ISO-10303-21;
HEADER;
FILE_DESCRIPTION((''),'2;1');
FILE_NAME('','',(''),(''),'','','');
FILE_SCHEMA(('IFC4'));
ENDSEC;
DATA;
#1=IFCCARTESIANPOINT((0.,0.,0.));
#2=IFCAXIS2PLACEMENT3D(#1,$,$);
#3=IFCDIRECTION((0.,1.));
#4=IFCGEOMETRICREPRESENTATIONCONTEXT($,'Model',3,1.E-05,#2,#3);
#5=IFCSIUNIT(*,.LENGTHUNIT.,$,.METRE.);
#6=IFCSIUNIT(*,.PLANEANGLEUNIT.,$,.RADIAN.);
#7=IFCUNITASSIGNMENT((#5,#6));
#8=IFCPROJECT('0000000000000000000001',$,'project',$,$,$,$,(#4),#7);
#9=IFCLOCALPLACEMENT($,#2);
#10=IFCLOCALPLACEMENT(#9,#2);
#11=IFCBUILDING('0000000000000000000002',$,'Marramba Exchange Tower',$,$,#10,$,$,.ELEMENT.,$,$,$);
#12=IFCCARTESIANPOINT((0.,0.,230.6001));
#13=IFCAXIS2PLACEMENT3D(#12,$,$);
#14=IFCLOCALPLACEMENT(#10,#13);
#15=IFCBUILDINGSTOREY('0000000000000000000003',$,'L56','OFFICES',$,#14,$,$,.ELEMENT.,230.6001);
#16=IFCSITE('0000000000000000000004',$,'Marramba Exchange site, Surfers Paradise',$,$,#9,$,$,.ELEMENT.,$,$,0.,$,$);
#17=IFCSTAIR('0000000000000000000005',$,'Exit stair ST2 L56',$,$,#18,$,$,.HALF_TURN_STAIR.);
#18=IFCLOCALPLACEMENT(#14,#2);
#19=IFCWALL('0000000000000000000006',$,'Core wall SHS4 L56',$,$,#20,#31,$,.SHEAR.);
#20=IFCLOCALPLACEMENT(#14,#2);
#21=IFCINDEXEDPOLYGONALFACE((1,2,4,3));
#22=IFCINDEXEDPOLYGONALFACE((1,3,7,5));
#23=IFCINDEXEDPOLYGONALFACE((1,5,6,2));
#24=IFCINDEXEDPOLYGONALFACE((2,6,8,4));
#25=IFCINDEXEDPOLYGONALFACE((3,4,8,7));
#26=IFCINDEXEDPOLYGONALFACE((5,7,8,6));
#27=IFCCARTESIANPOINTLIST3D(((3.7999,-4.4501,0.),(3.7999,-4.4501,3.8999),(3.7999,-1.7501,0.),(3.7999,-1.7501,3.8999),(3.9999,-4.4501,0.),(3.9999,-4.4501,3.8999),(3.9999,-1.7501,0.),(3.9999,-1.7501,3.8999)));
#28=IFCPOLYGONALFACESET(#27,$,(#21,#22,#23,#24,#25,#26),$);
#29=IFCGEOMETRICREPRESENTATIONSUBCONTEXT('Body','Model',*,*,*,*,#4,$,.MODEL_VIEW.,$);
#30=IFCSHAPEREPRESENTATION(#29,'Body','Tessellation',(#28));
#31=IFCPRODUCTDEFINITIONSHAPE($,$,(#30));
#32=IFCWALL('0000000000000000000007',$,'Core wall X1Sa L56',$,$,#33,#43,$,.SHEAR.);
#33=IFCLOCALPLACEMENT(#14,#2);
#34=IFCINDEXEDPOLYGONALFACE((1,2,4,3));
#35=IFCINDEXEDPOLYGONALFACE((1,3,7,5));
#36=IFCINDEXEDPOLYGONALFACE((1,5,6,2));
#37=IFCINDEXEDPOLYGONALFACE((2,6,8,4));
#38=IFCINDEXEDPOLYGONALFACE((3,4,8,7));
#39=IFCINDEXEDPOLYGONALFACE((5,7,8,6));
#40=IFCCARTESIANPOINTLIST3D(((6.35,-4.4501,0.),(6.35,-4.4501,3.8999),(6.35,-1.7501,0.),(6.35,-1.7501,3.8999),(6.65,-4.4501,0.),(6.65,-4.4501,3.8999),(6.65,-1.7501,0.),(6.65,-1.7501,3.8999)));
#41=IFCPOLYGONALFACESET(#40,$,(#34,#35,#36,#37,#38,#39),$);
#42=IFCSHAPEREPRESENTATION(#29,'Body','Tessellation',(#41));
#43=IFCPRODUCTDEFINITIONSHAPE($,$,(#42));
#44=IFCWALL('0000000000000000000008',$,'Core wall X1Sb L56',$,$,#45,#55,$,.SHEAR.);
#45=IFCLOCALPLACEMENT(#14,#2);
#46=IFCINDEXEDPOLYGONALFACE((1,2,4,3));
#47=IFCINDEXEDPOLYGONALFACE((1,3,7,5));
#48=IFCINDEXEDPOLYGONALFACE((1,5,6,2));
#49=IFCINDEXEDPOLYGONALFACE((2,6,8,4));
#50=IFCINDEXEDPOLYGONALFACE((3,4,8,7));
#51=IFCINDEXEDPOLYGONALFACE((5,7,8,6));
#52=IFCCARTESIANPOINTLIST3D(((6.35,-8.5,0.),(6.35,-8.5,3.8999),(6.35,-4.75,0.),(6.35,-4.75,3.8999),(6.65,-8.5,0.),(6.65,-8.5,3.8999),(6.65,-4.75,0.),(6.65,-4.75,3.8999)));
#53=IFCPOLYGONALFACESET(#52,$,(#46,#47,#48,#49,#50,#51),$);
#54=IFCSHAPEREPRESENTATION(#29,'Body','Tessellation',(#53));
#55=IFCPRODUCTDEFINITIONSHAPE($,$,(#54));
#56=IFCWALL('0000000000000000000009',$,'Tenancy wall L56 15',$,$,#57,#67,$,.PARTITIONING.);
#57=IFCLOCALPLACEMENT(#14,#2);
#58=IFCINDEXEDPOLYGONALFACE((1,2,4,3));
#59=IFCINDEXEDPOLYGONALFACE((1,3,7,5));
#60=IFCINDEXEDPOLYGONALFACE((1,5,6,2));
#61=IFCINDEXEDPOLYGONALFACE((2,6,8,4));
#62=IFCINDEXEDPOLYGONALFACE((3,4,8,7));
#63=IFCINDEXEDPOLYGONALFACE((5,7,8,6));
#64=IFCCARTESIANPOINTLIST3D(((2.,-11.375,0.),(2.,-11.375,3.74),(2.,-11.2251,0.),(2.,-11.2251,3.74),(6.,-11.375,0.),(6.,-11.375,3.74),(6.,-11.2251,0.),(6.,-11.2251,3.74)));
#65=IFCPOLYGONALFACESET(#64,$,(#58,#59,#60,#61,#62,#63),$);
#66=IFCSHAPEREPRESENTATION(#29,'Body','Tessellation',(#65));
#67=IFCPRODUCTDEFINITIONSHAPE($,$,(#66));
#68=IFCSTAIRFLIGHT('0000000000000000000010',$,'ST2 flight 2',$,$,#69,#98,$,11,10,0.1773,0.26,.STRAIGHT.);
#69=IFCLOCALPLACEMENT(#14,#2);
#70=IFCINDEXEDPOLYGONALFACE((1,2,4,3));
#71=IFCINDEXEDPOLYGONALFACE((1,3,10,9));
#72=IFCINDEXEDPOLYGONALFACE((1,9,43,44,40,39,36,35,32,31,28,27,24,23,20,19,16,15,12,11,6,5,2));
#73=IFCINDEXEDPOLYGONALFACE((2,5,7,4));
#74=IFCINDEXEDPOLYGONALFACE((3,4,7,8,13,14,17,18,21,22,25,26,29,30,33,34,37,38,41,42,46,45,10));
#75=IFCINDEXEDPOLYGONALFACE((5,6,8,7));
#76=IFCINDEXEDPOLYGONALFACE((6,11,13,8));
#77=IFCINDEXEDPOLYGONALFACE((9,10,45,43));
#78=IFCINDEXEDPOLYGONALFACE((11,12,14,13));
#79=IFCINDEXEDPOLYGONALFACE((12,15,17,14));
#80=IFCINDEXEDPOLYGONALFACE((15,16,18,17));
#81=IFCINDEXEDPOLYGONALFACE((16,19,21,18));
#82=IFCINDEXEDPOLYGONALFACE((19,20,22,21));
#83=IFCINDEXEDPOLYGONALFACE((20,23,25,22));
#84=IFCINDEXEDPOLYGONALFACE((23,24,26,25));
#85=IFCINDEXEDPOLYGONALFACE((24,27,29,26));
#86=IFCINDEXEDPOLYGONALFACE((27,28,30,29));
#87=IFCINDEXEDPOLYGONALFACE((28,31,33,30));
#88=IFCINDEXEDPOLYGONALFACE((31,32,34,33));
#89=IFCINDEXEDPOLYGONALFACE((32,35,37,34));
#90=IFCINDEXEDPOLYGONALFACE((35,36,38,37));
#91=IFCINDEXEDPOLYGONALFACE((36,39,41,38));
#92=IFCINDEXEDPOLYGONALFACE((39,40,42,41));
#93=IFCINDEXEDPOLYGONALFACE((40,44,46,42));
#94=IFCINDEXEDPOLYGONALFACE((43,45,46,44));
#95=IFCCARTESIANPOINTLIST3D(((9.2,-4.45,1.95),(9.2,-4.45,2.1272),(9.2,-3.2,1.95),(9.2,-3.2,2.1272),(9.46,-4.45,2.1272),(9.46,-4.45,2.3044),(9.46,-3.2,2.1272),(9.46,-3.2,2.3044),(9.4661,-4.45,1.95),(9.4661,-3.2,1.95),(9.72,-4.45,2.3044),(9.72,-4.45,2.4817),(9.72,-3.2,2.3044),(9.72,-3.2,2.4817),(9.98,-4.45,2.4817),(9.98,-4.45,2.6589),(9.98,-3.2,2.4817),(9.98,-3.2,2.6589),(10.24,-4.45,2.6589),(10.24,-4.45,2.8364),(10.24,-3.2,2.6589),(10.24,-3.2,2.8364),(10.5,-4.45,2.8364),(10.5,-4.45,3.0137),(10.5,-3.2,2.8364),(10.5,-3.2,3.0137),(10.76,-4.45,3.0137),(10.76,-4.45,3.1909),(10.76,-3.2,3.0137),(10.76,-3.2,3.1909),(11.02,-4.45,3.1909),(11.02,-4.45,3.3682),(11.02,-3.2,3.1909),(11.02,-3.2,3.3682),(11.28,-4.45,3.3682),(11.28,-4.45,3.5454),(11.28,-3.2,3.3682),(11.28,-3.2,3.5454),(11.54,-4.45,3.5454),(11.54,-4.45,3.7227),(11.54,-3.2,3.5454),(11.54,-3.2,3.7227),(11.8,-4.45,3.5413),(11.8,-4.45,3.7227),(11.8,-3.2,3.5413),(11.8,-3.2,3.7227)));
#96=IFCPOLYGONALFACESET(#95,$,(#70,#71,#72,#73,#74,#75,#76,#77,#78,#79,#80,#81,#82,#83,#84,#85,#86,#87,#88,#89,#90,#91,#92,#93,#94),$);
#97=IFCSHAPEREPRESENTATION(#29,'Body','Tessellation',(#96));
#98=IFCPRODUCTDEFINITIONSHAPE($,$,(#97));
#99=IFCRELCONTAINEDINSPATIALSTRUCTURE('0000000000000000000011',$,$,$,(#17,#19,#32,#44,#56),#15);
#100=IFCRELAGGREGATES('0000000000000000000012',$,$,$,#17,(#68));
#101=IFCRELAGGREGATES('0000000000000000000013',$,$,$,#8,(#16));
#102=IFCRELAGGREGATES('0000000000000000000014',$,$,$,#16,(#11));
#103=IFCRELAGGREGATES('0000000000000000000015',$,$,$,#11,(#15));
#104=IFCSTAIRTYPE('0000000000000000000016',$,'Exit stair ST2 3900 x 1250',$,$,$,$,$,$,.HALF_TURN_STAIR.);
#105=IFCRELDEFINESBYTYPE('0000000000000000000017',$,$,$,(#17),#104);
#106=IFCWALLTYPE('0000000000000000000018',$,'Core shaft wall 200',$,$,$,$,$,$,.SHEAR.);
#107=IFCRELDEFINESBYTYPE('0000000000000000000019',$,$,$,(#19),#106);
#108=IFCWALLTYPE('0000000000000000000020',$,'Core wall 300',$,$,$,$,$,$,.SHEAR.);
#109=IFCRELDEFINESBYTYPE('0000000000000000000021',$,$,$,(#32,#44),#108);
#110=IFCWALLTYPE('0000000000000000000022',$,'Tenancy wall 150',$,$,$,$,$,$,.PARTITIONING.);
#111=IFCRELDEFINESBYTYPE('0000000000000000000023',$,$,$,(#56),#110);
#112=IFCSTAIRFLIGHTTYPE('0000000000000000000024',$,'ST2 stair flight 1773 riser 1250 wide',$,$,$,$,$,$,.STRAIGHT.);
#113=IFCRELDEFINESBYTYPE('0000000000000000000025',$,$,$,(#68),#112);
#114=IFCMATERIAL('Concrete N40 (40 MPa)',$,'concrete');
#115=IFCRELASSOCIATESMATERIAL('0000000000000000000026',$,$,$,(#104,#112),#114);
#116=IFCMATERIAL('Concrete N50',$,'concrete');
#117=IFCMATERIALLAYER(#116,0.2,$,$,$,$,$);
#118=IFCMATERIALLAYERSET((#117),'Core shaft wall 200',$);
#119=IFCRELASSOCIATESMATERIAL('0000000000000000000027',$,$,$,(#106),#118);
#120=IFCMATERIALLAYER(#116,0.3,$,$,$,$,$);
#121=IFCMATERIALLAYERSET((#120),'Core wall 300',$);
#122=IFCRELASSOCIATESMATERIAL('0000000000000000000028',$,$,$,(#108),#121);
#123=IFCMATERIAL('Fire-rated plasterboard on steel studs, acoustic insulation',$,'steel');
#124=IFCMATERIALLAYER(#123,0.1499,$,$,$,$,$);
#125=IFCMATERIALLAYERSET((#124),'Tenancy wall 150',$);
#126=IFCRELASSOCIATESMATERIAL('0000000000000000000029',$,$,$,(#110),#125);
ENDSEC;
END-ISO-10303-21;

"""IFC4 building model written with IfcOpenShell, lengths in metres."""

from ifc_helpers import new_model, si_unit, direction, frame, frame_2d, origin, place, context, subcontext, project, spatial, polyline, rectangle, outline, extrude, material, layer, layer_set, type_object, element, aggregate, save


model = new_model("IFC4")

# Units and contexts
model_context = context("Model", 3, precision=1e-05, world=origin(), true_north=direction((0.0, 1.0)))
body_context = subcontext(model_context, "Body", "Model", "MODEL_VIEW")
ifc_project = project(units=[si_unit("LENGTHUNIT", "METRE"), si_unit("PLANEANGLEUNIT", "RADIAN")], contexts=[model_context])

# Site, building, storey
site_placement = place(None, origin())
site = spatial("IfcSite", under=ifc_project, at=site_placement, Name="Marramba Exchange site, Surfers Paradise", CompositionType="ELEMENT", RefElevation=0.0)
building_placement = place(site_placement, origin())
building = spatial("IfcBuilding", under=site, at=building_placement, Name="Marramba Exchange Tower", CompositionType="ELEMENT")
storey_placement = place(building_placement, frame((0.0, 0.0, 230.6001)))
storey = spatial("IfcBuildingStorey", under=building, at=storey_placement, Name="L56", Description="OFFICES", CompositionType="ELEMENT", Elevation=230.6001)

# Stair
ifc_material_1 = material(Name="Concrete N40 (40 MPa)", Category="concrete")
stair_type_1 = type_object("IfcStairType", Name="Exit stair ST2 3900 x 1250", PredefinedType="HALF_TURN_STAIR", material=ifc_material_1)
stair_1_placement = place(storey_placement, origin())
stair_1 = element("IfcStair", 1, at=stair_1_placement, inside=storey, type_object=stair_type_1, Name="Exit stair ST2 L56", PredefinedType="HALF_TURN_STAIR")

# Walls
ifc_material_2 = material(Name="Concrete N50", Category="concrete")
ifc_layer_1 = layer(ifc_material_2, 0.2)
ifc_layer_set_1 = layer_set([ifc_layer_1], Name="Core shaft wall 200")
wall_type_1 = type_object("IfcWallType", Name="Core shaft wall 200", PredefinedType="SHEAR", material=ifc_layer_set_1)
for number, where, z_axis, x_axis, name in (
    (2, (3.8999, -1.75, 0.0), (0.0, 0.0, 1.0), (0.0, -1.0, 0.0), "Core wall SHS4 L56"),
):
    element("IfcWall", number, at=place(storey_placement, frame(where, z_axis=z_axis, x_axis=x_axis)), inside=storey, type_object=wall_type_1, Name=name, PredefinedType="SHEAR", context=body_context, shape_type="SweptSolid", body=[
        extrude(rectangle(XDim=2.7, YDim=0.2, at=frame_2d((1.3501, 0.0))), origin(), (0.0, 0.0, 1.0), 3.8999),
    ])
ifc_layer_2 = layer(ifc_material_2, 0.3)
ifc_layer_set_2 = layer_set([ifc_layer_2], Name="Core wall 300")
wall_type_2 = type_object("IfcWallType", Name="Core wall 300", PredefinedType="SHEAR", material=ifc_layer_set_2)
wall_1_placement = place(storey_placement, frame((6.5, -1.75, 0.0), z_axis=(0.0, 0.0, 1.0), x_axis=(0.0, -1.0, 0.0)))
element("IfcWall", 3, at=wall_1_placement, inside=storey, type_object=wall_type_2, Name="Core wall X1Sa L56", PredefinedType="SHEAR", context=body_context, shape_type="SweptSolid", body=[
    extrude(rectangle(XDim=2.7, YDim=0.3, at=frame_2d((1.3501, 0.0))), origin(), (0.0, 0.0, 1.0), 3.8999),
])
wall_2_placement = place(storey_placement, frame((6.5, -4.75, 0.0), z_axis=(0.0, 0.0, 1.0), x_axis=(0.0, -1.0, 0.0)))
element("IfcWall", 4, at=wall_2_placement, inside=storey, type_object=wall_type_2, Name="Core wall X1Sb L56", PredefinedType="SHEAR", context=body_context, shape_type="SweptSolid", body=[
    extrude(rectangle(XDim=3.75, YDim=0.3, at=frame_2d((1.875, 0.0))), origin(), (0.0, 0.0, 1.0), 3.8999),
])

# Wall
ifc_material_3 = material(Name="Fire-rated plasterboard on steel studs, acoustic insulation", Category="steel")
ifc_layer_3 = layer(ifc_material_3, 0.1499)
ifc_layer_set_3 = layer_set([ifc_layer_3], Name="Tenancy wall 150")
wall_type_3 = type_object("IfcWallType", Name="Tenancy wall 150", PredefinedType="PARTITIONING", material=ifc_layer_set_3)
wall_3_placement = place(storey_placement, frame((6.0, -11.3, 0.0), z_axis=(0.0, 0.0, 1.0), x_axis=(-1.0, 0.0, 0.0)))
element("IfcWall", 5, at=wall_3_placement, inside=storey, type_object=wall_type_3, Name="Tenancy wall L56 15", PredefinedType="PARTITIONING", context=body_context, shape_type="SweptSolid", body=[
    extrude(rectangle(XDim=4.0, YDim=0.1499, at=frame_2d((2.0, 0.0))), origin(), (0.0, 0.0, 1.0), 3.74),
])

# Stair flight
stair_flight_type = type_object("IfcStairFlightType", Name="ST2 stair flight 1773 riser 1250 wide", PredefinedType="STRAIGHT", material=ifc_material_1)
stair_flight_placement = place(storey_placement, frame((9.2, -3.825, 1.95), z_axis=(0.0, 0.0, 1.0), x_axis=(1.0, 0.0, 0.0)))
stair_flight = element("IfcStairFlight", 6, at=stair_flight_placement, type_object=stair_flight_type, Name="ST2 flight 2", NumberOfRisers=11, NumberOfTreads=10, PredefinedType="STRAIGHT", RiserHeight=0.1773, TreadLength=0.26, context=body_context, shape_type="SweptSolid", body=[
    extrude(outline(polyline([(0.0, 0.0), (0.0, 0.1772), (0.26, 0.1772), (0.26, 0.3545), (0.52, 0.3545), (0.52, 0.5317), (0.78, 0.5317), (0.78, 0.709), (1.04, 0.709), (1.04, 0.8865), (1.3, 0.8865), (1.3, 1.0637), (1.5601, 1.0637), (1.5601, 1.241), (1.8201, 1.241), (1.8201, 1.4182), (2.0801, 1.4182), (2.0801, 1.5955), (2.3401, 1.5955), (2.3401, 1.7727), (2.6001, 1.7727), (2.6001, 1.95), (2.6001, 1.5913), (0.2661, 0.0), (0.0, 0.0)])), frame((0.0, 0.625, 0.0), z_axis=(0.0, -1.0, 0.0), x_axis=(1.0, 0.0, 0.0)), (0.0, 0.0, 1.0), 1.25),
])
aggregate(stair_1, [stair_flight])

save(model, "model.ifc")
